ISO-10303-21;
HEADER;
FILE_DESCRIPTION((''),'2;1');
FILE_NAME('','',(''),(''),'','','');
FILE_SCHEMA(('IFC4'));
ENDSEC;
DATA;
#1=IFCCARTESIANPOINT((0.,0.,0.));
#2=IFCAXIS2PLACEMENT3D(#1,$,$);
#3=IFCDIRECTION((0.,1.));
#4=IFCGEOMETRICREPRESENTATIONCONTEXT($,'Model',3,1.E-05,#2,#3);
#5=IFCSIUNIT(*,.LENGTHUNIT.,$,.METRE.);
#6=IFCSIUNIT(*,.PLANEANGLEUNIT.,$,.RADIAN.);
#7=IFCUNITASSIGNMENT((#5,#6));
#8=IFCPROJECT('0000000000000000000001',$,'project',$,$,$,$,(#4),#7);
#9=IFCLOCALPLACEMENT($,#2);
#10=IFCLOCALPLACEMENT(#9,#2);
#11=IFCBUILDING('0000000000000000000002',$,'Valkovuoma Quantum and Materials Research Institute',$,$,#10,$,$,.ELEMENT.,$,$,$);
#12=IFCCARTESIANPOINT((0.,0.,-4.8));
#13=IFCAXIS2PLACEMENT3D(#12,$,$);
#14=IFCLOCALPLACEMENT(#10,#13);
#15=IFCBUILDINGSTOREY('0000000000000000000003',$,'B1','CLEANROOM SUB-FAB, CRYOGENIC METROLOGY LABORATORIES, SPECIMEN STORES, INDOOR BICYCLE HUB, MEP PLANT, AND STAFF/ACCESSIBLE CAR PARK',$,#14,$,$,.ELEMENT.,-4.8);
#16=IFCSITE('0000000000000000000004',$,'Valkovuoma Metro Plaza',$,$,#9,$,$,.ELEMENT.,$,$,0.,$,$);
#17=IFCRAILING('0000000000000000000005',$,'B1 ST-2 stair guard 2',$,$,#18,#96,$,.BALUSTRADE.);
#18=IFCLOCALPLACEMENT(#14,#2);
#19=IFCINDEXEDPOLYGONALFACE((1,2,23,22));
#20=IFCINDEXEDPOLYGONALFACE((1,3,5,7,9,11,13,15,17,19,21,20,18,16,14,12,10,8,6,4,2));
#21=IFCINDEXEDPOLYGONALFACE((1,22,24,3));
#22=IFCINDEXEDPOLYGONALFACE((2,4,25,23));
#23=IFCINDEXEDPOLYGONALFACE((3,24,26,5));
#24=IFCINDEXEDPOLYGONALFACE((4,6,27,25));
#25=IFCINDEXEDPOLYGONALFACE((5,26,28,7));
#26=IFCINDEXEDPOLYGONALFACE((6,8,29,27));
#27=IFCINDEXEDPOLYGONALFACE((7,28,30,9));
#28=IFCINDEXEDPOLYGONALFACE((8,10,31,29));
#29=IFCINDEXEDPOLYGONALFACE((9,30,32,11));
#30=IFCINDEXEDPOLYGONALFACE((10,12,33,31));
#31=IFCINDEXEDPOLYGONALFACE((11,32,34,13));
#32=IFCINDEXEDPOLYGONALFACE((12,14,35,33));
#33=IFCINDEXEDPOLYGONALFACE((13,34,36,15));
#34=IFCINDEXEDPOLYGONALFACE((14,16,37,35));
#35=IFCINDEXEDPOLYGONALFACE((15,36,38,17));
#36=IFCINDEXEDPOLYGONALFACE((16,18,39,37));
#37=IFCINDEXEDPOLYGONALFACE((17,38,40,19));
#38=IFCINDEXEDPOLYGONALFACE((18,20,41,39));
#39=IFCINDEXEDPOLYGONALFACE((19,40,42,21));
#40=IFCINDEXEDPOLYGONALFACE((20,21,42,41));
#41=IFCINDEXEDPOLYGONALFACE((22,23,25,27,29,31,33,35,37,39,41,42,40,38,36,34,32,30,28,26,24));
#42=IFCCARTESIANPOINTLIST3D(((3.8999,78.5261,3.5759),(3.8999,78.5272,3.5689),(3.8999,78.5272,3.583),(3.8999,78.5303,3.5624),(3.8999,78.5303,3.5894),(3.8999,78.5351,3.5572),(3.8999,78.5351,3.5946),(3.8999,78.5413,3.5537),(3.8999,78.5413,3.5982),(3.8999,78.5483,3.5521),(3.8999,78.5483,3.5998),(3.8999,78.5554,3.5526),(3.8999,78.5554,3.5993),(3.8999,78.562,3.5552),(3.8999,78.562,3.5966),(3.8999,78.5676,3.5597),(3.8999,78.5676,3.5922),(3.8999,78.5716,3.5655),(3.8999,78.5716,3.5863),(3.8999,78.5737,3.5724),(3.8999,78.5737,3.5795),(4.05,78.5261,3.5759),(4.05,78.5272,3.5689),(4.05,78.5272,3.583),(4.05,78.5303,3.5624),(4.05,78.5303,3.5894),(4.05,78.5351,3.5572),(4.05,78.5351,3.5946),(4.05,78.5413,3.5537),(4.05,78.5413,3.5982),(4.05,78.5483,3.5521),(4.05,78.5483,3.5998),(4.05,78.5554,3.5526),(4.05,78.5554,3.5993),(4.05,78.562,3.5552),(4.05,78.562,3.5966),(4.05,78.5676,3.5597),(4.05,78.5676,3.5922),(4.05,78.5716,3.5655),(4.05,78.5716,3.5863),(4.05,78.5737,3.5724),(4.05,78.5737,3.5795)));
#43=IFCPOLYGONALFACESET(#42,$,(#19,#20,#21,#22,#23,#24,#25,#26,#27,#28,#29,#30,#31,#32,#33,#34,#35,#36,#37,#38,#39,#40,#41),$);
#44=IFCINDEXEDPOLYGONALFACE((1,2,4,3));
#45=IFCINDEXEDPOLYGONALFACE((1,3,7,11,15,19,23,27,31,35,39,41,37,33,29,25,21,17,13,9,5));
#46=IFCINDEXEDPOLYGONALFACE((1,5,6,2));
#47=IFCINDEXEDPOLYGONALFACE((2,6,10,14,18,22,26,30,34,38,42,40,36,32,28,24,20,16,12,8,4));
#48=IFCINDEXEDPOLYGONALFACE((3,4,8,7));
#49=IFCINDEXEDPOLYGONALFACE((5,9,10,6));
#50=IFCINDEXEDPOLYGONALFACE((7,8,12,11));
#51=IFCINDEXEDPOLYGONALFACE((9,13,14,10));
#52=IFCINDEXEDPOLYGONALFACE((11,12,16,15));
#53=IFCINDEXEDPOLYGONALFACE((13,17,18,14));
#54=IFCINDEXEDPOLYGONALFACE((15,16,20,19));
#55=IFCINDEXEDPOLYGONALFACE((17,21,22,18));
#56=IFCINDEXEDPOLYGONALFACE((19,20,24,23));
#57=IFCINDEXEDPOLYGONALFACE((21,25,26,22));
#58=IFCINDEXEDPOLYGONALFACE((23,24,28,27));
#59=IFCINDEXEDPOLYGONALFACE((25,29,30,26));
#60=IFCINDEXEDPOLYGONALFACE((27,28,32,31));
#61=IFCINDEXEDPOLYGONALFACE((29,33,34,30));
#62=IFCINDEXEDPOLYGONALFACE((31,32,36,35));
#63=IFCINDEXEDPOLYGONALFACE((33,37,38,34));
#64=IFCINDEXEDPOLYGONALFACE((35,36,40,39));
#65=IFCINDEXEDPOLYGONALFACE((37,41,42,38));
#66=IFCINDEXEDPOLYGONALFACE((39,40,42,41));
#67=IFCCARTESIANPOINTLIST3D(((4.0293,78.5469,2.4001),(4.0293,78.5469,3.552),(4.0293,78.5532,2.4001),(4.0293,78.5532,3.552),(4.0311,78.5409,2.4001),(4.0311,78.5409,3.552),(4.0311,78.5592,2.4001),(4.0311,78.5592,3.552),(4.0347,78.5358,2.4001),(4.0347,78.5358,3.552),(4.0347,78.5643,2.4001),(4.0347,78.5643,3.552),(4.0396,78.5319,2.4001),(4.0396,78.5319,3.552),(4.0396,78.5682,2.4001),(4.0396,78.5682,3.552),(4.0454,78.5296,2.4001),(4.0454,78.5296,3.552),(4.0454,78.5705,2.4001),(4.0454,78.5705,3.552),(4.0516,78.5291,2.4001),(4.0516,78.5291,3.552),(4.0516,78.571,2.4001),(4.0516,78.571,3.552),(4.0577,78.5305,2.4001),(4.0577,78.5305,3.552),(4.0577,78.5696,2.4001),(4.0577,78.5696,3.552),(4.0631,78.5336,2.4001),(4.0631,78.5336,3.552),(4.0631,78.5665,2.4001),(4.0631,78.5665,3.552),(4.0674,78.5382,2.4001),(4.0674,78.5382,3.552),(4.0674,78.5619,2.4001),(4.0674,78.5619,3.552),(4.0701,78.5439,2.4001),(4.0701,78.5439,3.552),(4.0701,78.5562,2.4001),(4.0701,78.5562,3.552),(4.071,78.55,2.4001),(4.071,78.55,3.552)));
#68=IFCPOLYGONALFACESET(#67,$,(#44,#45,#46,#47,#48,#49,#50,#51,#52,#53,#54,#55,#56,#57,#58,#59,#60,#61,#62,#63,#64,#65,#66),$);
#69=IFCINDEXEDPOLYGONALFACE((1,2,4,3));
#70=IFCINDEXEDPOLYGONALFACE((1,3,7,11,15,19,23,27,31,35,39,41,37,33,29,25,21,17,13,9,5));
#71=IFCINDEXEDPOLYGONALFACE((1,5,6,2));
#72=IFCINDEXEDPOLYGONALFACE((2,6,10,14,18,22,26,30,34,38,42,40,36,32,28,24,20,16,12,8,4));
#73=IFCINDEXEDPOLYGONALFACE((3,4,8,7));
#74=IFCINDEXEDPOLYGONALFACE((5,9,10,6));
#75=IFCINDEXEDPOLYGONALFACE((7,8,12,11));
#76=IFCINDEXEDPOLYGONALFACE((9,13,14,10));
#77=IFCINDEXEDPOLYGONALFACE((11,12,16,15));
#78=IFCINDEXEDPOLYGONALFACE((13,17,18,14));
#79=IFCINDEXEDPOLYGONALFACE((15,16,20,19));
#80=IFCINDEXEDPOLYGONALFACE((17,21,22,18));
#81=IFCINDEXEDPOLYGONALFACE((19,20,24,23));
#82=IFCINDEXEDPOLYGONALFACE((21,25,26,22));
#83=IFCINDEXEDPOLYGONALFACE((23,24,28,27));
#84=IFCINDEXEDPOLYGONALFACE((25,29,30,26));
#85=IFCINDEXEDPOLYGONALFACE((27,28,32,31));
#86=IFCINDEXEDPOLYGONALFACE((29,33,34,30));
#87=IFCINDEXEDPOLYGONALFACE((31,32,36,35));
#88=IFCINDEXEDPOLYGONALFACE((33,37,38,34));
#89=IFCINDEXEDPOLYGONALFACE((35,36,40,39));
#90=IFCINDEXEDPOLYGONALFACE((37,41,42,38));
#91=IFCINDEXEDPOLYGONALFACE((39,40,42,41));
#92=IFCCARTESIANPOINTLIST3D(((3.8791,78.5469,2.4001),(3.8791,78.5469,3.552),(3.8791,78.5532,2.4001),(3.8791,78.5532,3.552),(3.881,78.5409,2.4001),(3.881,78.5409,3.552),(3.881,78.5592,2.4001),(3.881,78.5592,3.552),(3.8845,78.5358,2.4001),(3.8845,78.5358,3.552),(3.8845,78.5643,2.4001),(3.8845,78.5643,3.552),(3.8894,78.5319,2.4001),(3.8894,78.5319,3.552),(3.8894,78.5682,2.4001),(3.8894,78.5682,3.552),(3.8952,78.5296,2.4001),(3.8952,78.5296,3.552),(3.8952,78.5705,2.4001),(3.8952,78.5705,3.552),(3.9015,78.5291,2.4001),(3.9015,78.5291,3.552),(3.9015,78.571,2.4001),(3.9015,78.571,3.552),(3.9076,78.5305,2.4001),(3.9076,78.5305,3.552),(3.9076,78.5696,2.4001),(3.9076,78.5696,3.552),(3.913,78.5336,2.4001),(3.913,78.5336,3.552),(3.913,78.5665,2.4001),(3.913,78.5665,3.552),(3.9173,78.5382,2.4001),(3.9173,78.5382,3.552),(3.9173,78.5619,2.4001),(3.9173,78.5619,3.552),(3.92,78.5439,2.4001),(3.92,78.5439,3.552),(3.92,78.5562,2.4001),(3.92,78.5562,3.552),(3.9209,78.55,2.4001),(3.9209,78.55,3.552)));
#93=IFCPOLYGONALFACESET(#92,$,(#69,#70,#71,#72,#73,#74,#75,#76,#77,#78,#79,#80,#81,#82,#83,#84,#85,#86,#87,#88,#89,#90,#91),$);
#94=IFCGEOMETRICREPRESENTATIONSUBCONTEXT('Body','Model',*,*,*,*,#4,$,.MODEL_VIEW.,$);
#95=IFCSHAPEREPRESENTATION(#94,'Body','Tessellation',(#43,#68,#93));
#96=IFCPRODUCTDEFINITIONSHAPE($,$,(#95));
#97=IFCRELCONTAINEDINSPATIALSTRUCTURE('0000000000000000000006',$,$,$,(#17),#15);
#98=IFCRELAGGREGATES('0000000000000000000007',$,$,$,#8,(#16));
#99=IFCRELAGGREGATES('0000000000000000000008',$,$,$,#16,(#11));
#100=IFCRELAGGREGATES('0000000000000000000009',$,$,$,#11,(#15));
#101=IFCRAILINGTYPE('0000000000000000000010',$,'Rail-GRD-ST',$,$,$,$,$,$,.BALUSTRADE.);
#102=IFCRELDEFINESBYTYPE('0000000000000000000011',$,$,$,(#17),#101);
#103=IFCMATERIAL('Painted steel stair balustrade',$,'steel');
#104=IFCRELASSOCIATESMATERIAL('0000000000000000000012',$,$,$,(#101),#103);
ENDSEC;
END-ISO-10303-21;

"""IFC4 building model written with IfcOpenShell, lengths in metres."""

from ifc_helpers import new_model, si_unit, direction, frame, origin, origin_2d, place, context, subcontext, project, spatial, circle, extrude, material, type_object, element, save


model = new_model("IFC4")

# Units and contexts
model_context = context("Model", 3, precision=1e-05, world=origin(), true_north=direction((0.0, 1.0)))
body_context = subcontext(model_context, "Body", "Model", "MODEL_VIEW")
ifc_project = project(units=[si_unit("LENGTHUNIT", "METRE"), si_unit("PLANEANGLEUNIT", "RADIAN")], contexts=[model_context])

# Site, building, storey
site_placement = place(None, origin())
site = spatial("IfcSite", under=ifc_project, at=site_placement, Name="Valkovuoma Metro Plaza", CompositionType="ELEMENT", RefElevation=0.0)
building_placement = place(site_placement, origin())
building = spatial("IfcBuilding", under=site, at=building_placement, Name="Valkovuoma Quantum and Materials Research Institute", CompositionType="ELEMENT")
storey_placement = place(building_placement, frame((0.0, 0.0, -4.8)))
storey = spatial("IfcBuildingStorey", under=building, at=storey_placement, Name="B1", Description="CLEANROOM SUB-FAB, CRYOGENIC METROLOGY LABORATORIES, SPECIMEN STORES, INDOOR BICYCLE HUB, MEP PLANT, AND STAFF/ACCESSIBLE CAR PARK", CompositionType="ELEMENT", Elevation=-4.8)

# Railing
ifc_material_1 = material(Name="Painted steel stair balustrade", Category="steel")
railing_type_1 = type_object("IfcRailingType", Name="Rail-GRD-ST", PredefinedType="BALUSTRADE", material=ifc_material_1)
railing_1_placement = place(storey_placement, frame((4.05, 78.55, 2.4001)))
element("IfcRailing", 1, at=railing_1_placement, inside=storey, type_object=railing_type_1, Name="B1 ST-2 stair guard 2", PredefinedType="BALUSTRADE", context=body_context, shape_type="SweptSolid", body=[
    extrude(circle(Radius=0.0239, at=origin_2d()), frame((0.0, 0.0, 1.1758), z_axis=(-1.0, 0.0, 0.0), x_axis=(0.0, -1.0, 0.0)), (0.0, 0.0, 1.0), 0.1501),
    extrude(circle(Radius=0.021, at=origin_2d()), origin(), (0.0, 0.0, 1.0), 1.1519),
    extrude(circle(Radius=0.021, at=origin_2d()), frame((-0.1501, 0.0, 0.0)), (0.0, 0.0, 1.0), 1.1519),
])

save(model, "model.ifc")
